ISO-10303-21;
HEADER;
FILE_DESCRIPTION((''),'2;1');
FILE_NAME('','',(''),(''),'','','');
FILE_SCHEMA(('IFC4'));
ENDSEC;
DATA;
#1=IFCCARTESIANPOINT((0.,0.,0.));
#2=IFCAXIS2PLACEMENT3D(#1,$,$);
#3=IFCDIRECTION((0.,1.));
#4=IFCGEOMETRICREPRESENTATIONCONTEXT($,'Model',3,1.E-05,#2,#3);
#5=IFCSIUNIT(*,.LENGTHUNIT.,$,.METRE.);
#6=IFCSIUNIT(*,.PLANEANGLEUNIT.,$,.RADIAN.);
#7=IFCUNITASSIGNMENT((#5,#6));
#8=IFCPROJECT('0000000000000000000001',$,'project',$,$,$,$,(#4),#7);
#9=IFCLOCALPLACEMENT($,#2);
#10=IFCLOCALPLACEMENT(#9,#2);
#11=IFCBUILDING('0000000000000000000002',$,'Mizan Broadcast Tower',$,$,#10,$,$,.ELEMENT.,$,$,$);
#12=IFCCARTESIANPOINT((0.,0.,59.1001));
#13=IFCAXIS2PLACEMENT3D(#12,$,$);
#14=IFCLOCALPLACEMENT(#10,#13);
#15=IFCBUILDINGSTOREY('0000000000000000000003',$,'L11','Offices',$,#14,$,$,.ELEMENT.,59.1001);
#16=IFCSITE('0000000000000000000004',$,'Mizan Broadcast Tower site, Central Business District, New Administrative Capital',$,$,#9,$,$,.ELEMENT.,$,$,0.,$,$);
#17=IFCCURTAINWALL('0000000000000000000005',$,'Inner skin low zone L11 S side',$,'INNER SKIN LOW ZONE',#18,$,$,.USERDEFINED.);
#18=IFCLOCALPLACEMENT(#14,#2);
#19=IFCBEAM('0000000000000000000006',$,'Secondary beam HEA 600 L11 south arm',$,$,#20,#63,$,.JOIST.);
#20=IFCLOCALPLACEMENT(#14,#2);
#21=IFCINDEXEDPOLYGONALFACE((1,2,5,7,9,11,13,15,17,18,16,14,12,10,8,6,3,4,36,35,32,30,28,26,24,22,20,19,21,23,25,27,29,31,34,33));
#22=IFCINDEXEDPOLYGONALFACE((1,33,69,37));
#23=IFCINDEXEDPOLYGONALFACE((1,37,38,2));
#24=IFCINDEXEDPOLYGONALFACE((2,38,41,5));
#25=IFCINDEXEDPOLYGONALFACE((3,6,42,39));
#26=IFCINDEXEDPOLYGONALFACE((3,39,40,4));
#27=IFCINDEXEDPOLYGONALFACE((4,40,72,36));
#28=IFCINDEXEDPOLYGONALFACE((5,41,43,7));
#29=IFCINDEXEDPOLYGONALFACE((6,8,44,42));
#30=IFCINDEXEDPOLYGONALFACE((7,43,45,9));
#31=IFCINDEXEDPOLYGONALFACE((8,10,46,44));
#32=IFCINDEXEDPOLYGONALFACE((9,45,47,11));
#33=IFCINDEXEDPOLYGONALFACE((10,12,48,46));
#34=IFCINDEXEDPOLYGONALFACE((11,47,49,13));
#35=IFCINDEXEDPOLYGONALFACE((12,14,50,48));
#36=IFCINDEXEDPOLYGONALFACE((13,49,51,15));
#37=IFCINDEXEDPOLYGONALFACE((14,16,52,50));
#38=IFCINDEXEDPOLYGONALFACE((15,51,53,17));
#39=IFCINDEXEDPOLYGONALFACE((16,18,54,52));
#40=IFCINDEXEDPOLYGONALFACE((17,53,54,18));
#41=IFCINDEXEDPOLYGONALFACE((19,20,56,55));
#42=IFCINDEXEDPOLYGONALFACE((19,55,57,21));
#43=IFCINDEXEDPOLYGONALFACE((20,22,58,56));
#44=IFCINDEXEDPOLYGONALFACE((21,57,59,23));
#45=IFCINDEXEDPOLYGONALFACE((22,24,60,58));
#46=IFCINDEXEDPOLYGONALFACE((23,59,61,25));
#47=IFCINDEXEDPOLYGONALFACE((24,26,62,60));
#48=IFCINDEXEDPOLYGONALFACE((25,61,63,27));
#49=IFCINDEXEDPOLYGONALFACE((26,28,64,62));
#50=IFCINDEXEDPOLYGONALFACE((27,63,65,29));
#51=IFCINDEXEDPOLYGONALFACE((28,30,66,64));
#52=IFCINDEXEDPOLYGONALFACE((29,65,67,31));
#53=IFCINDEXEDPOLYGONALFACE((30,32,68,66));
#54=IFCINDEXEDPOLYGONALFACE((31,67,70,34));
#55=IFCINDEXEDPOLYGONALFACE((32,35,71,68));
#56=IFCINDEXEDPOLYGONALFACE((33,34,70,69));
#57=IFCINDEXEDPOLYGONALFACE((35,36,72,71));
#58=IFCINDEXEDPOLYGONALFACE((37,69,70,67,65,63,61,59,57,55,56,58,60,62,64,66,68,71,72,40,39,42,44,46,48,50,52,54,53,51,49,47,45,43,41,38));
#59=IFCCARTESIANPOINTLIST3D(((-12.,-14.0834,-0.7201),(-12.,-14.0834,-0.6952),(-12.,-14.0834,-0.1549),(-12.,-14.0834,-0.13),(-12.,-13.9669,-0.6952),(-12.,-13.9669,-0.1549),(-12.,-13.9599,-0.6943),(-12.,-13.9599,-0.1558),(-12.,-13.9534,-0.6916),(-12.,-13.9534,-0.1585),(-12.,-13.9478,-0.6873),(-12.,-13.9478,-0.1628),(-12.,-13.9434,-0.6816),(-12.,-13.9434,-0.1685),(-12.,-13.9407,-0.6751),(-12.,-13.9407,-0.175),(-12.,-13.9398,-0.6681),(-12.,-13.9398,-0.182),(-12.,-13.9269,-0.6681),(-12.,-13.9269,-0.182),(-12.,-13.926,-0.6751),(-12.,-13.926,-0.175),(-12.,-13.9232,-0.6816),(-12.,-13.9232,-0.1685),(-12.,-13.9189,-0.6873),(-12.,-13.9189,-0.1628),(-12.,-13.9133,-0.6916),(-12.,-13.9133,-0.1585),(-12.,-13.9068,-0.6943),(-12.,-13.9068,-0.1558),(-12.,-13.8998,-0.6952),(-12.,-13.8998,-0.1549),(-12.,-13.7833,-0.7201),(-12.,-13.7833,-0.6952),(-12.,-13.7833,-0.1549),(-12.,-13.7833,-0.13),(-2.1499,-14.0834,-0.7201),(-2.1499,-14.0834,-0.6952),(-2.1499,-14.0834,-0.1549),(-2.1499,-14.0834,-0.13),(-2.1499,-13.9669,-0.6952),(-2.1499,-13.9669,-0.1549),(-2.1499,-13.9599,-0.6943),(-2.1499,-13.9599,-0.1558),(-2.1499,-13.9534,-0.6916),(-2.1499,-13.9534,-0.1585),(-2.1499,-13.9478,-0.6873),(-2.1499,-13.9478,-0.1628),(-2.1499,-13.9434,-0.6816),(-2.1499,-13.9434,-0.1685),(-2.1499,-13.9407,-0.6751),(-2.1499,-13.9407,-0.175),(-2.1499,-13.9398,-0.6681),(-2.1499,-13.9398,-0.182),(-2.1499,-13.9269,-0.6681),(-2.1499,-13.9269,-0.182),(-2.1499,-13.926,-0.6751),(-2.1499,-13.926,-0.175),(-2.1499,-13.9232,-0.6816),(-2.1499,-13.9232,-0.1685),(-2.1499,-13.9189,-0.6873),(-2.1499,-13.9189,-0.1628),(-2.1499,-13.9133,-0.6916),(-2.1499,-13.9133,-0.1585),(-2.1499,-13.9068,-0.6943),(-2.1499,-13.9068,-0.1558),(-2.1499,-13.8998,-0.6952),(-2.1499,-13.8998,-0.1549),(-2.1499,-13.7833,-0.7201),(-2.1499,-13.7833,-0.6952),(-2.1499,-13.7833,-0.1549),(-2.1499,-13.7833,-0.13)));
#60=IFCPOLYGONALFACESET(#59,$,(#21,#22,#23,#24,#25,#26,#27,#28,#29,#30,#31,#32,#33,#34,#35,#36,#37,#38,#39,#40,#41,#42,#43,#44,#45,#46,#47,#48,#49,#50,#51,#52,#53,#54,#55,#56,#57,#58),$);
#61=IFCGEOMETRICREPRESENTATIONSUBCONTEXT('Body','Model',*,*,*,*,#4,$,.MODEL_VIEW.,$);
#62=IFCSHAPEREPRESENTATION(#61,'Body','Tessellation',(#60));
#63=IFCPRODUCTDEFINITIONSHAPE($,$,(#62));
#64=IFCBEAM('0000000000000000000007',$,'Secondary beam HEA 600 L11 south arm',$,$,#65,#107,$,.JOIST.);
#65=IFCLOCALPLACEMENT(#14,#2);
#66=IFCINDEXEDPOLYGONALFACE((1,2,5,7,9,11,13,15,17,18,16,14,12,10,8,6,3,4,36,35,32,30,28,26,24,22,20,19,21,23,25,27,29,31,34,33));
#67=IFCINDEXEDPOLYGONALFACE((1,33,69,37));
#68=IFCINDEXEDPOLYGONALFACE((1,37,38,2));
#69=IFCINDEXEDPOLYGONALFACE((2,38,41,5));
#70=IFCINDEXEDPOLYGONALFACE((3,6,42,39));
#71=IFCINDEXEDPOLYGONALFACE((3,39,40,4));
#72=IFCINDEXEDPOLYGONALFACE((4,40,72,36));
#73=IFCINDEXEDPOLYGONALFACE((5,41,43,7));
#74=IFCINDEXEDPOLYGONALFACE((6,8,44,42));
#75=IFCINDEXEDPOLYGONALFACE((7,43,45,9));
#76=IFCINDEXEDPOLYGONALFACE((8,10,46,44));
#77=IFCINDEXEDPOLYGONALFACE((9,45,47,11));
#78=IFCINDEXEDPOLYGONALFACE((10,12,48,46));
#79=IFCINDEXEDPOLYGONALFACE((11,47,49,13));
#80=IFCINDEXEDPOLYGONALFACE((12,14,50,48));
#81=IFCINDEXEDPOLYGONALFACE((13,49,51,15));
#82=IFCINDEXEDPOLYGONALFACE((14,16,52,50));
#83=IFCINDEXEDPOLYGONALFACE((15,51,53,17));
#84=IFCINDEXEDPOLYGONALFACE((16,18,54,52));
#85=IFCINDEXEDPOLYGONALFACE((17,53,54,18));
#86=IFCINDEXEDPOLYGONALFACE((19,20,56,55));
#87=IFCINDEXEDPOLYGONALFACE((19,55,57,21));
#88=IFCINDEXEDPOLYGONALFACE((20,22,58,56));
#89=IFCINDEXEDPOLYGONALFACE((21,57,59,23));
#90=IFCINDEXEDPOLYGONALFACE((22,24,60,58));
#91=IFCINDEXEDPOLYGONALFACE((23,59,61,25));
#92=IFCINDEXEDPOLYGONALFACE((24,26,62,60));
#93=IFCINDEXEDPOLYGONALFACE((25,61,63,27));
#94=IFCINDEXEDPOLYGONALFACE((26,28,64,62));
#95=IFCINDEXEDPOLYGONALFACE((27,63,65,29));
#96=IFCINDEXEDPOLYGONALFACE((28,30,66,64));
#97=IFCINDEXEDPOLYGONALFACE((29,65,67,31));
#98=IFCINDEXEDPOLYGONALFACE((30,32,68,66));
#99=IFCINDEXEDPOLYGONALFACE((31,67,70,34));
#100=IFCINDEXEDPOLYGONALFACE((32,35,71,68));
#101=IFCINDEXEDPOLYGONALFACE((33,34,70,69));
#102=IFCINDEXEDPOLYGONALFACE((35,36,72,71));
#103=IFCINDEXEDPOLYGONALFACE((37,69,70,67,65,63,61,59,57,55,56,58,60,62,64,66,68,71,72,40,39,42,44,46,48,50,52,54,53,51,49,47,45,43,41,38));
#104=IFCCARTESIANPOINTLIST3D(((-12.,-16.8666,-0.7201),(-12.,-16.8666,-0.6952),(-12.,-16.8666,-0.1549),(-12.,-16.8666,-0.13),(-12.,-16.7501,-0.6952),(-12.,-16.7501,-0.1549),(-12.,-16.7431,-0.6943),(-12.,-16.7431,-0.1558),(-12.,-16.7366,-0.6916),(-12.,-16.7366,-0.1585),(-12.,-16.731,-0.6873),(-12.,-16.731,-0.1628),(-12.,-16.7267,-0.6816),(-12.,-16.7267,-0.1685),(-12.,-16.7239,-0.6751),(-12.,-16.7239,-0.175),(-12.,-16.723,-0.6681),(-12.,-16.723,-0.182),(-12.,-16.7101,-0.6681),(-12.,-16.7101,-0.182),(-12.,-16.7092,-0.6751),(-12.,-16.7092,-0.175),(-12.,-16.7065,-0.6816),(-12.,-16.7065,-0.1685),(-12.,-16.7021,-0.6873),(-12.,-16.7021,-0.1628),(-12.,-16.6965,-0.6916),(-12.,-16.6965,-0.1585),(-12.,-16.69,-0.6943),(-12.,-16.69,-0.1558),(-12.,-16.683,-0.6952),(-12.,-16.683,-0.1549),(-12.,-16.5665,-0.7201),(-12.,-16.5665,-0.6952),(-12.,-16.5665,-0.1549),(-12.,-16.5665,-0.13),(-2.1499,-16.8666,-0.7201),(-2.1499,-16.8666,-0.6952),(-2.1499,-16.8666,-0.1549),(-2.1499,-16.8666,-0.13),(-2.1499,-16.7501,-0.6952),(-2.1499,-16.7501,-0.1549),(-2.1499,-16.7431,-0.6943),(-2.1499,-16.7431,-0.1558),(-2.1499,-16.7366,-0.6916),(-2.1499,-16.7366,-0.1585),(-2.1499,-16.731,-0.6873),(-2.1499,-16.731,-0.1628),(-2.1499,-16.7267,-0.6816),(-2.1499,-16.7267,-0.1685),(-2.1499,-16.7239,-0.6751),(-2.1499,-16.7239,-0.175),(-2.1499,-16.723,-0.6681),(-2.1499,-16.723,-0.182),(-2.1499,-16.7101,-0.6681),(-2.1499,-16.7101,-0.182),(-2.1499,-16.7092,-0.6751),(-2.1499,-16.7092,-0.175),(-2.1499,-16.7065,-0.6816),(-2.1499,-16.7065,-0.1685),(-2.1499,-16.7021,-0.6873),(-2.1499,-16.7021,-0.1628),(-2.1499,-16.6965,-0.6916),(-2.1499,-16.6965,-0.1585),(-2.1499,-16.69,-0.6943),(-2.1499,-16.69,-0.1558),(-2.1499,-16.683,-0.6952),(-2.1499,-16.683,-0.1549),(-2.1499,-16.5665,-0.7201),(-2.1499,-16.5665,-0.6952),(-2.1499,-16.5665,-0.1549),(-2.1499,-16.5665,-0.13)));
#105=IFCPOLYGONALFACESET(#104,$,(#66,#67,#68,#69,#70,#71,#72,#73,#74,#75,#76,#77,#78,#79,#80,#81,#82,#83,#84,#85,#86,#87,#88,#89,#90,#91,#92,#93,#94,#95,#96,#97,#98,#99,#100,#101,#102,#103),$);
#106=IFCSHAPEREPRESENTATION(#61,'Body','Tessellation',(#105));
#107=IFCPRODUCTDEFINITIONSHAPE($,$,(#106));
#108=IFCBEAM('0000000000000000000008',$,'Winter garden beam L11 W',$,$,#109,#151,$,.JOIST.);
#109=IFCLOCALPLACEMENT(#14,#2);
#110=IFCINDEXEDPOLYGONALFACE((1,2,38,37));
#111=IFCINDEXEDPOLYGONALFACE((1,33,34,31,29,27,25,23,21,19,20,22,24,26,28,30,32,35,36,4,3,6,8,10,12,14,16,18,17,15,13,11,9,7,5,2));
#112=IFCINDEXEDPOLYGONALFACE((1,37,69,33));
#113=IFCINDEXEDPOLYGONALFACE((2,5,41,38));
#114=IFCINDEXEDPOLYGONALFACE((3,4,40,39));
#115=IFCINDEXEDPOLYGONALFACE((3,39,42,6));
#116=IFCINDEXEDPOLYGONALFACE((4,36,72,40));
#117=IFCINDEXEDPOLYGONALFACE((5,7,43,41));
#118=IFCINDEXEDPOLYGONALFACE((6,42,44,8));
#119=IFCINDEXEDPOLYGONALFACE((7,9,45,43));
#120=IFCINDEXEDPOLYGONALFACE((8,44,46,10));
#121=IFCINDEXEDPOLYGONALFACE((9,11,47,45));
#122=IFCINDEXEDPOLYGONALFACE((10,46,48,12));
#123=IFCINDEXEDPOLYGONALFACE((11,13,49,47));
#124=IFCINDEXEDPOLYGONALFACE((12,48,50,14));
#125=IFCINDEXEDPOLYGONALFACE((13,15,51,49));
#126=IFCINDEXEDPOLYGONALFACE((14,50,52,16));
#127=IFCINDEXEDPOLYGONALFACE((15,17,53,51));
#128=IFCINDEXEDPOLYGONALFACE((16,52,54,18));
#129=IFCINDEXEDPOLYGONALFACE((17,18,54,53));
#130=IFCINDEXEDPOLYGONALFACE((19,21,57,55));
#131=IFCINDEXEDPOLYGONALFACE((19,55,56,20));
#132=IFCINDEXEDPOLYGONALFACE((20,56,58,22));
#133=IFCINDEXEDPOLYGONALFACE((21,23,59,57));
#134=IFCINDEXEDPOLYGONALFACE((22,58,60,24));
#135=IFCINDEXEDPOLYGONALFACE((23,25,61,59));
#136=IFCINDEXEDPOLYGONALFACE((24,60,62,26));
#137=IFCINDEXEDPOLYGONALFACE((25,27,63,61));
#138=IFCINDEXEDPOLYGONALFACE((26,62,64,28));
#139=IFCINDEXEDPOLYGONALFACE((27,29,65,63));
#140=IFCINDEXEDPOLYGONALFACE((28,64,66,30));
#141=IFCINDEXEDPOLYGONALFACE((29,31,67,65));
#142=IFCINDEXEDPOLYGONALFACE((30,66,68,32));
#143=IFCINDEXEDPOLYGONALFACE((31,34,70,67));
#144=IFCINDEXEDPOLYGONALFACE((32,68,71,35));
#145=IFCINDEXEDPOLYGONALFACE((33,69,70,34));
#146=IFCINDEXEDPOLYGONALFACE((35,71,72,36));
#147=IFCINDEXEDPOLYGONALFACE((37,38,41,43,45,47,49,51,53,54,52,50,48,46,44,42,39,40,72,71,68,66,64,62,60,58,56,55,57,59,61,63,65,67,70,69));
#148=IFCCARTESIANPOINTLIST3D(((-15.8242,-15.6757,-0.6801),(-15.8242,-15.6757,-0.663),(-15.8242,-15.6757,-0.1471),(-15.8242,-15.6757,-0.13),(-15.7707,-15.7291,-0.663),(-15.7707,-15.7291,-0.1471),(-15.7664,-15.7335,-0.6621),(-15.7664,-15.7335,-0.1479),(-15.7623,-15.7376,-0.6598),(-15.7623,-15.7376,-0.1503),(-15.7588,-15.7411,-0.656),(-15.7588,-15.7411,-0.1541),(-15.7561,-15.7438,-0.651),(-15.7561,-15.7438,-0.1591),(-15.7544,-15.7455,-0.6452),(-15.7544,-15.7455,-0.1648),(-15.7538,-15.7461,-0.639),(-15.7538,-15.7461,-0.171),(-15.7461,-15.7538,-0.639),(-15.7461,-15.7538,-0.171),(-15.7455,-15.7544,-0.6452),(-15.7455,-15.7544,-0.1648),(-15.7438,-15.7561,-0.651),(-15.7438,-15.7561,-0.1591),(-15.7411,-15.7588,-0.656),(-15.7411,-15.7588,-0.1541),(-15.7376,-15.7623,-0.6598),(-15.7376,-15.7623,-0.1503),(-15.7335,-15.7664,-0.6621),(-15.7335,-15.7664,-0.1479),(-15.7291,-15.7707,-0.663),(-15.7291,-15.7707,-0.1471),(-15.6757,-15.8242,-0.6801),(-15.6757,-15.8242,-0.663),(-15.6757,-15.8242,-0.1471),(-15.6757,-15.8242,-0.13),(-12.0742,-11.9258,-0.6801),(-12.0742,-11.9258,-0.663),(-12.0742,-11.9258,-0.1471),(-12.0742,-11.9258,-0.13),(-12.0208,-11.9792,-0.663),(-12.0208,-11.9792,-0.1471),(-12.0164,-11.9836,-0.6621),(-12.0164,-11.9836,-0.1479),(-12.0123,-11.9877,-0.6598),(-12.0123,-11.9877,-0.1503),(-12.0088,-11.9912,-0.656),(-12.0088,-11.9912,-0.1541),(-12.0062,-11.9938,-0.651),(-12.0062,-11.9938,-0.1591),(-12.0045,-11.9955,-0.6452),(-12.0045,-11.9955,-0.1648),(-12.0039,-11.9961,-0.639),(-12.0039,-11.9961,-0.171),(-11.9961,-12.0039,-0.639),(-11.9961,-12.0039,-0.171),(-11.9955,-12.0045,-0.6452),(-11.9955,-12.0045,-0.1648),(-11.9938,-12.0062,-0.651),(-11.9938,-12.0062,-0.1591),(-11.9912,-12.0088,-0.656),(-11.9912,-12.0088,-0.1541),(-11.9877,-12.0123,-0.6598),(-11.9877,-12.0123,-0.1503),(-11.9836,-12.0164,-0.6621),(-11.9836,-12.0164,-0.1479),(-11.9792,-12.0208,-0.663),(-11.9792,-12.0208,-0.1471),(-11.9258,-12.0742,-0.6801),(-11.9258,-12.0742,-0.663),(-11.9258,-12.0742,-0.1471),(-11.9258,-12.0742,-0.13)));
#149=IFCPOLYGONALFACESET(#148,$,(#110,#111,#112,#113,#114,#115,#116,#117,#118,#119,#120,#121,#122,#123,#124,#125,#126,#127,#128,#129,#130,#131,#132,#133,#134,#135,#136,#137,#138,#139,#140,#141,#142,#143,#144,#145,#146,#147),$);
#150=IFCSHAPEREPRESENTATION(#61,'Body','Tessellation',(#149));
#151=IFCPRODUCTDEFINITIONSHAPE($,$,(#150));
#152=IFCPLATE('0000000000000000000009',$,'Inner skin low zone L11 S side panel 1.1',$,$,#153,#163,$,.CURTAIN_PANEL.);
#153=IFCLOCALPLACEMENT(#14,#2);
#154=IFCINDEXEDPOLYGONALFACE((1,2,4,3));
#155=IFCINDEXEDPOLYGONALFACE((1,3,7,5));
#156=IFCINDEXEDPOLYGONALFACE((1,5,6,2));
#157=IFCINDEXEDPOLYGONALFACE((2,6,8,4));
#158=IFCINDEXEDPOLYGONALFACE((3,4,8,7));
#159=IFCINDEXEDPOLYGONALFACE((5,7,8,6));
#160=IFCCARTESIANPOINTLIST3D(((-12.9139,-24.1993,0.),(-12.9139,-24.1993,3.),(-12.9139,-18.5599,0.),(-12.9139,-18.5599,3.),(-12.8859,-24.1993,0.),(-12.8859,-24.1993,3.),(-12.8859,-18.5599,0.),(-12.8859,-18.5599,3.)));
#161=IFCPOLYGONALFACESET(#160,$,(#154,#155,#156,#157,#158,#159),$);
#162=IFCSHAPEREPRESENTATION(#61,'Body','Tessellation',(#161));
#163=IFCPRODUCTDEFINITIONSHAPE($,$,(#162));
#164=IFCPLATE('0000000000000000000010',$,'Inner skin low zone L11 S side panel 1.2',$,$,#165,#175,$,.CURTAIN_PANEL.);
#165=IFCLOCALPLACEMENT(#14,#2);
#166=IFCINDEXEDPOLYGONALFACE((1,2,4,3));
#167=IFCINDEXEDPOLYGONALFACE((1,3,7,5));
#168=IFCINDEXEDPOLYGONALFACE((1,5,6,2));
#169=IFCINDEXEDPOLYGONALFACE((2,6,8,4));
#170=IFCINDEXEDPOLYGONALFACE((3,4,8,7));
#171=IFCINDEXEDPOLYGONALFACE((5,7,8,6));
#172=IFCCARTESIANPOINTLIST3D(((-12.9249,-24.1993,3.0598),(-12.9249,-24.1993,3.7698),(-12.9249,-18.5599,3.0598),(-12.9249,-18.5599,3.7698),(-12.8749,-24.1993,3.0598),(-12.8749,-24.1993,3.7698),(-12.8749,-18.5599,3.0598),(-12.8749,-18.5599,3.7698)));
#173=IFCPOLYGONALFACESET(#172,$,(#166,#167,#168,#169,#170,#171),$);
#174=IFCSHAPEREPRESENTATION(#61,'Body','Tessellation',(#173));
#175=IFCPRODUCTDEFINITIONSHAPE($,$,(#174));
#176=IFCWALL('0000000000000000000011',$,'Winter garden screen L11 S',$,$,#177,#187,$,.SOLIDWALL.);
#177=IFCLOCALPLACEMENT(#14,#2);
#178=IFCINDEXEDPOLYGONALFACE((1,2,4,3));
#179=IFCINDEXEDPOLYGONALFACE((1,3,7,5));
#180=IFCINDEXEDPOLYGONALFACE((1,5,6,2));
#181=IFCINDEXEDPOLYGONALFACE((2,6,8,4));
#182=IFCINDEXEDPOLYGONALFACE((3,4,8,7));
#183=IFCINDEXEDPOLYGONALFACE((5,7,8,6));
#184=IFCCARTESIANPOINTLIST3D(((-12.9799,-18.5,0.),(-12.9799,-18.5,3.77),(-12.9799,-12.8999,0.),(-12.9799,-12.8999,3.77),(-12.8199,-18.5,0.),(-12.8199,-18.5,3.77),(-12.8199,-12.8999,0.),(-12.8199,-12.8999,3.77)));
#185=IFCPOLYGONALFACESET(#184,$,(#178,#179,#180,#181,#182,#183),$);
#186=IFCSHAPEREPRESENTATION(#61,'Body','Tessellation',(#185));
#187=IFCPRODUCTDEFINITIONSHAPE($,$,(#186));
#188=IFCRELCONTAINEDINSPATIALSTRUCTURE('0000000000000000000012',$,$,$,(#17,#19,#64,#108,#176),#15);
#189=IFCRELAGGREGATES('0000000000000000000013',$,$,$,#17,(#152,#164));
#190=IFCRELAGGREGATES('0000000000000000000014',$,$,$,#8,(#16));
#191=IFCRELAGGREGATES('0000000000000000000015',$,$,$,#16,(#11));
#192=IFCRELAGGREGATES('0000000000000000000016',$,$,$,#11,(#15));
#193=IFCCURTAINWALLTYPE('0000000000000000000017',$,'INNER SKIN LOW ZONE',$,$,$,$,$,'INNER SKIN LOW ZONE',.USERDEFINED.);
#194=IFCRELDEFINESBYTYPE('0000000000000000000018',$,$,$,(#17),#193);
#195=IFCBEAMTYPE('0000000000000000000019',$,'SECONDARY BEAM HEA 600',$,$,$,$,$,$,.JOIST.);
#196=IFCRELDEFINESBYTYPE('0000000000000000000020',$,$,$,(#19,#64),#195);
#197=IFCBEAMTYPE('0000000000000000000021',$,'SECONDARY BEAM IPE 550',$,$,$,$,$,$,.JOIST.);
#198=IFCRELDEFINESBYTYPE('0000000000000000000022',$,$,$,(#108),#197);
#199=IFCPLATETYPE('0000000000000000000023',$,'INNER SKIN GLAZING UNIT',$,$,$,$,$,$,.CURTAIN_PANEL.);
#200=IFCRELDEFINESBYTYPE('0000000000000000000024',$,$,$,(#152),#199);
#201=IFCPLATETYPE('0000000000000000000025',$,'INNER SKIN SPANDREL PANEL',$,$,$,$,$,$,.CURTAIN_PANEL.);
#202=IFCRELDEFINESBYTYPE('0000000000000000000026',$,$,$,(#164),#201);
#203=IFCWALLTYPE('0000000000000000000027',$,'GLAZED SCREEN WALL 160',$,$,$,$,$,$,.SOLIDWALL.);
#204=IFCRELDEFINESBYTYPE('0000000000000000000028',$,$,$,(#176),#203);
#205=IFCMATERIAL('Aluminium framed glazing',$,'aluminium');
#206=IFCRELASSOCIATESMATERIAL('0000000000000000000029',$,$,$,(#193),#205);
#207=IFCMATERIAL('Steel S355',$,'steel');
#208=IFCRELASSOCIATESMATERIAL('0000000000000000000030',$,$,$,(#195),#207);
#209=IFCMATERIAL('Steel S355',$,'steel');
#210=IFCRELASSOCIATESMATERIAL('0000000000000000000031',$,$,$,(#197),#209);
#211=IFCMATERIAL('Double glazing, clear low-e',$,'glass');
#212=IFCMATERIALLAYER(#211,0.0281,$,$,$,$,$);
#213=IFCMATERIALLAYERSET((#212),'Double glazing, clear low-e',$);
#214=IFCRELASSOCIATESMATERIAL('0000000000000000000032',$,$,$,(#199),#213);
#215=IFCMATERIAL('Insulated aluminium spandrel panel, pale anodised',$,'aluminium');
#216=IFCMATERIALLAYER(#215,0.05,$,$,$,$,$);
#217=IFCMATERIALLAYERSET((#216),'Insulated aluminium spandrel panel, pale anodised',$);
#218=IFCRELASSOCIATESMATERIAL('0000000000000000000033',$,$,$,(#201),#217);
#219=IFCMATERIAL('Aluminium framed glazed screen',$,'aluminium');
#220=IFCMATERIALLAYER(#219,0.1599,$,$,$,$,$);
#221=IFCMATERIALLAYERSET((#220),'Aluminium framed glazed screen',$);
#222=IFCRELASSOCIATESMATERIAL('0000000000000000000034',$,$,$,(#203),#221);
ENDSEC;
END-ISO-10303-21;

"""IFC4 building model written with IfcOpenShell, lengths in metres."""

from ifc_helpers import new_model, si_unit, direction, frame, frame_2d, origin, origin_2d, place, context, subcontext, project, spatial, rectangle, i_section, extrude, material, layer, layer_set, material_profile, profile_set, type_object, element, aggregate, save


model = new_model("IFC4")

# Units and contexts
model_context = context("Model", 3, precision=1e-05, world=origin(), true_north=direction((0.0, 1.0)))
body_context = subcontext(model_context, "Body", "Model", "MODEL_VIEW")
ifc_project = project(units=[si_unit("LENGTHUNIT", "METRE"), si_unit("PLANEANGLEUNIT", "RADIAN")], contexts=[model_context])

# Site, building, storey
site_placement = place(None, origin())
site = spatial("IfcSite", under=ifc_project, at=site_placement, Name="Mizan Broadcast Tower site, Central Business District, New Administrative Capital", CompositionType="ELEMENT", RefElevation=0.0)
building_placement = place(site_placement, origin())
building = spatial("IfcBuilding", under=site, at=building_placement, Name="Mizan Broadcast Tower", CompositionType="ELEMENT")
storey_placement = place(building_placement, frame((0.0, 0.0, 59.1001)))
storey = spatial("IfcBuildingStorey", under=building, at=storey_placement, Name="L11", Description="Offices", CompositionType="ELEMENT", Elevation=59.1001)

# Curtain wall
ifc_material_1 = material(Name="Aluminium framed glazing", Category="aluminium")
curtain_wall_type = type_object("IfcCurtainWallType", Name="INNER SKIN LOW ZONE", ElementType="INNER SKIN LOW ZONE", PredefinedType="USERDEFINED", material=ifc_material_1)
curtain_wall_placement = place(storey_placement, origin())
curtain_wall = element("IfcCurtainWall", 1, at=curtain_wall_placement, inside=storey, type_object=curtain_wall_type, Name="Inner skin low zone L11 S side", ObjectType="INNER SKIN LOW ZONE", PredefinedType="USERDEFINED")

# Beams
ifc_material_2 = material(Name="Steel S355", Category="steel")
ifc_material_profile_1 = material_profile(ifc_material_2, i_section(OverallWidth=0.3, OverallDepth=0.5901, WebThickness=0.0129, FlangeThickness=0.0249, FilletRadius=0.0271, at=origin_2d()), Name="HEA 600")
ifc_profile_set_1 = profile_set([ifc_material_profile_1], Name="Steel S355")
beam_type_1 = type_object("IfcBeamType", Name="SECONDARY BEAM HEA 600", PredefinedType="JOIST", material=ifc_profile_set_1)
for number, where, z_axis, x_axis, name in (
    (2, (-12.0, -13.9333, -0.425), (1.0, 0.0, 0.0), (0.0, 1.0, 0.0), "Secondary beam HEA 600 L11 south arm"),
    (3, (-12.0, -16.7166, -0.425), (1.0, 0.0, 0.0), (0.0, 1.0, 0.0), "Secondary beam HEA 600 L11 south arm"),
):
    element("IfcBeam", number, at=place(storey_placement, frame(where, z_axis=z_axis, x_axis=x_axis)), inside=storey, type_object=beam_type_1, Name=name, PredefinedType="JOIST", context=body_context, shape_type="SweptSolid", body=[
        extrude(i_section(OverallWidth=0.3, OverallDepth=0.5901, WebThickness=0.0129, FlangeThickness=0.0249, FilletRadius=0.0271, at=origin_2d()), origin(), (0.0, 0.0, 1.0), 9.8501),
    ])
ifc_material_3 = material(Name="Steel S355", Category="steel")
ifc_material_profile_2 = material_profile(ifc_material_3, i_section(OverallWidth=0.21, OverallDepth=0.55, WebThickness=0.011, FlangeThickness=0.0171, FilletRadius=0.0239, at=origin_2d()), Name="IPE 550")
ifc_profile_set_2 = profile_set([ifc_material_profile_2], Name="Steel S355")
beam_type_2 = type_object("IfcBeamType", Name="SECONDARY BEAM IPE 550", PredefinedType="JOIST", material=ifc_profile_set_2)
beam_1_placement = place(storey_placement, frame((-12.0, -12.0, -0.405), z_axis=(-0.707107, -0.707107, 0.0), x_axis=(0.707107, -0.707107, 0.0)))
element("IfcBeam", 4, at=beam_1_placement, inside=storey, type_object=beam_type_2, Name="Winter garden beam L11 W", PredefinedType="JOIST", context=body_context, shape_type="SweptSolid", body=[
    extrude(i_section(OverallWidth=0.21, OverallDepth=0.55, WebThickness=0.011, FlangeThickness=0.0171, FilletRadius=0.0239, at=origin_2d()), origin(), (0.0, 0.0, 1.0), 5.3032),
])

# Plates
ifc_material_4 = material(Name="Double glazing, clear low-e", Category="glass")
ifc_layer_1 = layer(ifc_material_4, 0.0281)
ifc_layer_set_1 = layer_set([ifc_layer_1], Name="Double glazing, clear low-e")
plate_type_1 = type_object("IfcPlateType", Name="INNER SKIN GLAZING UNIT", PredefinedType="CURTAIN_PANEL", material=ifc_layer_set_1)
plate_1_placement = place(storey_placement, frame((-12.8999, -21.3796, 0.0), z_axis=(0.0, 0.0, 1.0), x_axis=(0.0, -1.0, 0.0)))
plate_1 = element("IfcPlate", 5, at=plate_1_placement, type_object=plate_type_1, Name="Inner skin low zone L11 S side panel 1.1", PredefinedType="CURTAIN_PANEL", context=body_context, shape_type="SweptSolid", body=[
    extrude(rectangle(XDim=5.6394, YDim=0.0281, at=origin_2d()), origin(), (0.0, 0.0, 1.0), 3.0),
])
ifc_material_5 = material(Name="Insulated aluminium spandrel panel, pale anodised", Category="aluminium")
ifc_layer_2 = layer(ifc_material_5, 0.05)
ifc_layer_set_2 = layer_set([ifc_layer_2], Name="Insulated aluminium spandrel panel, pale anodised")
plate_type_2 = type_object("IfcPlateType", Name="INNER SKIN SPANDREL PANEL", PredefinedType="CURTAIN_PANEL", material=ifc_layer_set_2)
plate_2_placement = place(storey_placement, frame((-12.8999, -21.3796, 3.0598), z_axis=(0.0, 0.0, 1.0), x_axis=(0.0, -1.0, 0.0)))
plate_2 = element("IfcPlate", 6, at=plate_2_placement, type_object=plate_type_2, Name="Inner skin low zone L11 S side panel 1.2", PredefinedType="CURTAIN_PANEL", context=body_context, shape_type="SweptSolid", body=[
    extrude(rectangle(XDim=5.6394, YDim=0.05, at=origin_2d()), origin(), (0.0, 0.0, 1.0), 0.71),
])
aggregate(curtain_wall, [plate_1, plate_2])

# Wall
ifc_material_6 = material(Name="Aluminium framed glazed screen", Category="aluminium")
ifc_layer_3 = layer(ifc_material_6, 0.1599)
ifc_layer_set_3 = layer_set([ifc_layer_3], Name="Aluminium framed glazed screen")
wall_type_1 = type_object("IfcWallType", Name="GLAZED SCREEN WALL 160", PredefinedType="SOLIDWALL", material=ifc_layer_set_3)
wall_1_placement = place(storey_placement, frame((-12.8999, -12.8999, 0.0), z_axis=(0.0, 0.0, 1.0), x_axis=(0.0, -1.0, 0.0)))
element("IfcWall", 7, at=wall_1_placement, inside=storey, type_object=wall_type_1, Name="Winter garden screen L11 S", PredefinedType="SOLIDWALL", context=body_context, shape_type="SweptSolid", body=[
    extrude(rectangle(XDim=5.6001, YDim=0.1599, at=frame_2d((2.8, 0.0))), origin(), (0.0, 0.0, 1.0), 3.77),
])

save(model, "model.ifc")
